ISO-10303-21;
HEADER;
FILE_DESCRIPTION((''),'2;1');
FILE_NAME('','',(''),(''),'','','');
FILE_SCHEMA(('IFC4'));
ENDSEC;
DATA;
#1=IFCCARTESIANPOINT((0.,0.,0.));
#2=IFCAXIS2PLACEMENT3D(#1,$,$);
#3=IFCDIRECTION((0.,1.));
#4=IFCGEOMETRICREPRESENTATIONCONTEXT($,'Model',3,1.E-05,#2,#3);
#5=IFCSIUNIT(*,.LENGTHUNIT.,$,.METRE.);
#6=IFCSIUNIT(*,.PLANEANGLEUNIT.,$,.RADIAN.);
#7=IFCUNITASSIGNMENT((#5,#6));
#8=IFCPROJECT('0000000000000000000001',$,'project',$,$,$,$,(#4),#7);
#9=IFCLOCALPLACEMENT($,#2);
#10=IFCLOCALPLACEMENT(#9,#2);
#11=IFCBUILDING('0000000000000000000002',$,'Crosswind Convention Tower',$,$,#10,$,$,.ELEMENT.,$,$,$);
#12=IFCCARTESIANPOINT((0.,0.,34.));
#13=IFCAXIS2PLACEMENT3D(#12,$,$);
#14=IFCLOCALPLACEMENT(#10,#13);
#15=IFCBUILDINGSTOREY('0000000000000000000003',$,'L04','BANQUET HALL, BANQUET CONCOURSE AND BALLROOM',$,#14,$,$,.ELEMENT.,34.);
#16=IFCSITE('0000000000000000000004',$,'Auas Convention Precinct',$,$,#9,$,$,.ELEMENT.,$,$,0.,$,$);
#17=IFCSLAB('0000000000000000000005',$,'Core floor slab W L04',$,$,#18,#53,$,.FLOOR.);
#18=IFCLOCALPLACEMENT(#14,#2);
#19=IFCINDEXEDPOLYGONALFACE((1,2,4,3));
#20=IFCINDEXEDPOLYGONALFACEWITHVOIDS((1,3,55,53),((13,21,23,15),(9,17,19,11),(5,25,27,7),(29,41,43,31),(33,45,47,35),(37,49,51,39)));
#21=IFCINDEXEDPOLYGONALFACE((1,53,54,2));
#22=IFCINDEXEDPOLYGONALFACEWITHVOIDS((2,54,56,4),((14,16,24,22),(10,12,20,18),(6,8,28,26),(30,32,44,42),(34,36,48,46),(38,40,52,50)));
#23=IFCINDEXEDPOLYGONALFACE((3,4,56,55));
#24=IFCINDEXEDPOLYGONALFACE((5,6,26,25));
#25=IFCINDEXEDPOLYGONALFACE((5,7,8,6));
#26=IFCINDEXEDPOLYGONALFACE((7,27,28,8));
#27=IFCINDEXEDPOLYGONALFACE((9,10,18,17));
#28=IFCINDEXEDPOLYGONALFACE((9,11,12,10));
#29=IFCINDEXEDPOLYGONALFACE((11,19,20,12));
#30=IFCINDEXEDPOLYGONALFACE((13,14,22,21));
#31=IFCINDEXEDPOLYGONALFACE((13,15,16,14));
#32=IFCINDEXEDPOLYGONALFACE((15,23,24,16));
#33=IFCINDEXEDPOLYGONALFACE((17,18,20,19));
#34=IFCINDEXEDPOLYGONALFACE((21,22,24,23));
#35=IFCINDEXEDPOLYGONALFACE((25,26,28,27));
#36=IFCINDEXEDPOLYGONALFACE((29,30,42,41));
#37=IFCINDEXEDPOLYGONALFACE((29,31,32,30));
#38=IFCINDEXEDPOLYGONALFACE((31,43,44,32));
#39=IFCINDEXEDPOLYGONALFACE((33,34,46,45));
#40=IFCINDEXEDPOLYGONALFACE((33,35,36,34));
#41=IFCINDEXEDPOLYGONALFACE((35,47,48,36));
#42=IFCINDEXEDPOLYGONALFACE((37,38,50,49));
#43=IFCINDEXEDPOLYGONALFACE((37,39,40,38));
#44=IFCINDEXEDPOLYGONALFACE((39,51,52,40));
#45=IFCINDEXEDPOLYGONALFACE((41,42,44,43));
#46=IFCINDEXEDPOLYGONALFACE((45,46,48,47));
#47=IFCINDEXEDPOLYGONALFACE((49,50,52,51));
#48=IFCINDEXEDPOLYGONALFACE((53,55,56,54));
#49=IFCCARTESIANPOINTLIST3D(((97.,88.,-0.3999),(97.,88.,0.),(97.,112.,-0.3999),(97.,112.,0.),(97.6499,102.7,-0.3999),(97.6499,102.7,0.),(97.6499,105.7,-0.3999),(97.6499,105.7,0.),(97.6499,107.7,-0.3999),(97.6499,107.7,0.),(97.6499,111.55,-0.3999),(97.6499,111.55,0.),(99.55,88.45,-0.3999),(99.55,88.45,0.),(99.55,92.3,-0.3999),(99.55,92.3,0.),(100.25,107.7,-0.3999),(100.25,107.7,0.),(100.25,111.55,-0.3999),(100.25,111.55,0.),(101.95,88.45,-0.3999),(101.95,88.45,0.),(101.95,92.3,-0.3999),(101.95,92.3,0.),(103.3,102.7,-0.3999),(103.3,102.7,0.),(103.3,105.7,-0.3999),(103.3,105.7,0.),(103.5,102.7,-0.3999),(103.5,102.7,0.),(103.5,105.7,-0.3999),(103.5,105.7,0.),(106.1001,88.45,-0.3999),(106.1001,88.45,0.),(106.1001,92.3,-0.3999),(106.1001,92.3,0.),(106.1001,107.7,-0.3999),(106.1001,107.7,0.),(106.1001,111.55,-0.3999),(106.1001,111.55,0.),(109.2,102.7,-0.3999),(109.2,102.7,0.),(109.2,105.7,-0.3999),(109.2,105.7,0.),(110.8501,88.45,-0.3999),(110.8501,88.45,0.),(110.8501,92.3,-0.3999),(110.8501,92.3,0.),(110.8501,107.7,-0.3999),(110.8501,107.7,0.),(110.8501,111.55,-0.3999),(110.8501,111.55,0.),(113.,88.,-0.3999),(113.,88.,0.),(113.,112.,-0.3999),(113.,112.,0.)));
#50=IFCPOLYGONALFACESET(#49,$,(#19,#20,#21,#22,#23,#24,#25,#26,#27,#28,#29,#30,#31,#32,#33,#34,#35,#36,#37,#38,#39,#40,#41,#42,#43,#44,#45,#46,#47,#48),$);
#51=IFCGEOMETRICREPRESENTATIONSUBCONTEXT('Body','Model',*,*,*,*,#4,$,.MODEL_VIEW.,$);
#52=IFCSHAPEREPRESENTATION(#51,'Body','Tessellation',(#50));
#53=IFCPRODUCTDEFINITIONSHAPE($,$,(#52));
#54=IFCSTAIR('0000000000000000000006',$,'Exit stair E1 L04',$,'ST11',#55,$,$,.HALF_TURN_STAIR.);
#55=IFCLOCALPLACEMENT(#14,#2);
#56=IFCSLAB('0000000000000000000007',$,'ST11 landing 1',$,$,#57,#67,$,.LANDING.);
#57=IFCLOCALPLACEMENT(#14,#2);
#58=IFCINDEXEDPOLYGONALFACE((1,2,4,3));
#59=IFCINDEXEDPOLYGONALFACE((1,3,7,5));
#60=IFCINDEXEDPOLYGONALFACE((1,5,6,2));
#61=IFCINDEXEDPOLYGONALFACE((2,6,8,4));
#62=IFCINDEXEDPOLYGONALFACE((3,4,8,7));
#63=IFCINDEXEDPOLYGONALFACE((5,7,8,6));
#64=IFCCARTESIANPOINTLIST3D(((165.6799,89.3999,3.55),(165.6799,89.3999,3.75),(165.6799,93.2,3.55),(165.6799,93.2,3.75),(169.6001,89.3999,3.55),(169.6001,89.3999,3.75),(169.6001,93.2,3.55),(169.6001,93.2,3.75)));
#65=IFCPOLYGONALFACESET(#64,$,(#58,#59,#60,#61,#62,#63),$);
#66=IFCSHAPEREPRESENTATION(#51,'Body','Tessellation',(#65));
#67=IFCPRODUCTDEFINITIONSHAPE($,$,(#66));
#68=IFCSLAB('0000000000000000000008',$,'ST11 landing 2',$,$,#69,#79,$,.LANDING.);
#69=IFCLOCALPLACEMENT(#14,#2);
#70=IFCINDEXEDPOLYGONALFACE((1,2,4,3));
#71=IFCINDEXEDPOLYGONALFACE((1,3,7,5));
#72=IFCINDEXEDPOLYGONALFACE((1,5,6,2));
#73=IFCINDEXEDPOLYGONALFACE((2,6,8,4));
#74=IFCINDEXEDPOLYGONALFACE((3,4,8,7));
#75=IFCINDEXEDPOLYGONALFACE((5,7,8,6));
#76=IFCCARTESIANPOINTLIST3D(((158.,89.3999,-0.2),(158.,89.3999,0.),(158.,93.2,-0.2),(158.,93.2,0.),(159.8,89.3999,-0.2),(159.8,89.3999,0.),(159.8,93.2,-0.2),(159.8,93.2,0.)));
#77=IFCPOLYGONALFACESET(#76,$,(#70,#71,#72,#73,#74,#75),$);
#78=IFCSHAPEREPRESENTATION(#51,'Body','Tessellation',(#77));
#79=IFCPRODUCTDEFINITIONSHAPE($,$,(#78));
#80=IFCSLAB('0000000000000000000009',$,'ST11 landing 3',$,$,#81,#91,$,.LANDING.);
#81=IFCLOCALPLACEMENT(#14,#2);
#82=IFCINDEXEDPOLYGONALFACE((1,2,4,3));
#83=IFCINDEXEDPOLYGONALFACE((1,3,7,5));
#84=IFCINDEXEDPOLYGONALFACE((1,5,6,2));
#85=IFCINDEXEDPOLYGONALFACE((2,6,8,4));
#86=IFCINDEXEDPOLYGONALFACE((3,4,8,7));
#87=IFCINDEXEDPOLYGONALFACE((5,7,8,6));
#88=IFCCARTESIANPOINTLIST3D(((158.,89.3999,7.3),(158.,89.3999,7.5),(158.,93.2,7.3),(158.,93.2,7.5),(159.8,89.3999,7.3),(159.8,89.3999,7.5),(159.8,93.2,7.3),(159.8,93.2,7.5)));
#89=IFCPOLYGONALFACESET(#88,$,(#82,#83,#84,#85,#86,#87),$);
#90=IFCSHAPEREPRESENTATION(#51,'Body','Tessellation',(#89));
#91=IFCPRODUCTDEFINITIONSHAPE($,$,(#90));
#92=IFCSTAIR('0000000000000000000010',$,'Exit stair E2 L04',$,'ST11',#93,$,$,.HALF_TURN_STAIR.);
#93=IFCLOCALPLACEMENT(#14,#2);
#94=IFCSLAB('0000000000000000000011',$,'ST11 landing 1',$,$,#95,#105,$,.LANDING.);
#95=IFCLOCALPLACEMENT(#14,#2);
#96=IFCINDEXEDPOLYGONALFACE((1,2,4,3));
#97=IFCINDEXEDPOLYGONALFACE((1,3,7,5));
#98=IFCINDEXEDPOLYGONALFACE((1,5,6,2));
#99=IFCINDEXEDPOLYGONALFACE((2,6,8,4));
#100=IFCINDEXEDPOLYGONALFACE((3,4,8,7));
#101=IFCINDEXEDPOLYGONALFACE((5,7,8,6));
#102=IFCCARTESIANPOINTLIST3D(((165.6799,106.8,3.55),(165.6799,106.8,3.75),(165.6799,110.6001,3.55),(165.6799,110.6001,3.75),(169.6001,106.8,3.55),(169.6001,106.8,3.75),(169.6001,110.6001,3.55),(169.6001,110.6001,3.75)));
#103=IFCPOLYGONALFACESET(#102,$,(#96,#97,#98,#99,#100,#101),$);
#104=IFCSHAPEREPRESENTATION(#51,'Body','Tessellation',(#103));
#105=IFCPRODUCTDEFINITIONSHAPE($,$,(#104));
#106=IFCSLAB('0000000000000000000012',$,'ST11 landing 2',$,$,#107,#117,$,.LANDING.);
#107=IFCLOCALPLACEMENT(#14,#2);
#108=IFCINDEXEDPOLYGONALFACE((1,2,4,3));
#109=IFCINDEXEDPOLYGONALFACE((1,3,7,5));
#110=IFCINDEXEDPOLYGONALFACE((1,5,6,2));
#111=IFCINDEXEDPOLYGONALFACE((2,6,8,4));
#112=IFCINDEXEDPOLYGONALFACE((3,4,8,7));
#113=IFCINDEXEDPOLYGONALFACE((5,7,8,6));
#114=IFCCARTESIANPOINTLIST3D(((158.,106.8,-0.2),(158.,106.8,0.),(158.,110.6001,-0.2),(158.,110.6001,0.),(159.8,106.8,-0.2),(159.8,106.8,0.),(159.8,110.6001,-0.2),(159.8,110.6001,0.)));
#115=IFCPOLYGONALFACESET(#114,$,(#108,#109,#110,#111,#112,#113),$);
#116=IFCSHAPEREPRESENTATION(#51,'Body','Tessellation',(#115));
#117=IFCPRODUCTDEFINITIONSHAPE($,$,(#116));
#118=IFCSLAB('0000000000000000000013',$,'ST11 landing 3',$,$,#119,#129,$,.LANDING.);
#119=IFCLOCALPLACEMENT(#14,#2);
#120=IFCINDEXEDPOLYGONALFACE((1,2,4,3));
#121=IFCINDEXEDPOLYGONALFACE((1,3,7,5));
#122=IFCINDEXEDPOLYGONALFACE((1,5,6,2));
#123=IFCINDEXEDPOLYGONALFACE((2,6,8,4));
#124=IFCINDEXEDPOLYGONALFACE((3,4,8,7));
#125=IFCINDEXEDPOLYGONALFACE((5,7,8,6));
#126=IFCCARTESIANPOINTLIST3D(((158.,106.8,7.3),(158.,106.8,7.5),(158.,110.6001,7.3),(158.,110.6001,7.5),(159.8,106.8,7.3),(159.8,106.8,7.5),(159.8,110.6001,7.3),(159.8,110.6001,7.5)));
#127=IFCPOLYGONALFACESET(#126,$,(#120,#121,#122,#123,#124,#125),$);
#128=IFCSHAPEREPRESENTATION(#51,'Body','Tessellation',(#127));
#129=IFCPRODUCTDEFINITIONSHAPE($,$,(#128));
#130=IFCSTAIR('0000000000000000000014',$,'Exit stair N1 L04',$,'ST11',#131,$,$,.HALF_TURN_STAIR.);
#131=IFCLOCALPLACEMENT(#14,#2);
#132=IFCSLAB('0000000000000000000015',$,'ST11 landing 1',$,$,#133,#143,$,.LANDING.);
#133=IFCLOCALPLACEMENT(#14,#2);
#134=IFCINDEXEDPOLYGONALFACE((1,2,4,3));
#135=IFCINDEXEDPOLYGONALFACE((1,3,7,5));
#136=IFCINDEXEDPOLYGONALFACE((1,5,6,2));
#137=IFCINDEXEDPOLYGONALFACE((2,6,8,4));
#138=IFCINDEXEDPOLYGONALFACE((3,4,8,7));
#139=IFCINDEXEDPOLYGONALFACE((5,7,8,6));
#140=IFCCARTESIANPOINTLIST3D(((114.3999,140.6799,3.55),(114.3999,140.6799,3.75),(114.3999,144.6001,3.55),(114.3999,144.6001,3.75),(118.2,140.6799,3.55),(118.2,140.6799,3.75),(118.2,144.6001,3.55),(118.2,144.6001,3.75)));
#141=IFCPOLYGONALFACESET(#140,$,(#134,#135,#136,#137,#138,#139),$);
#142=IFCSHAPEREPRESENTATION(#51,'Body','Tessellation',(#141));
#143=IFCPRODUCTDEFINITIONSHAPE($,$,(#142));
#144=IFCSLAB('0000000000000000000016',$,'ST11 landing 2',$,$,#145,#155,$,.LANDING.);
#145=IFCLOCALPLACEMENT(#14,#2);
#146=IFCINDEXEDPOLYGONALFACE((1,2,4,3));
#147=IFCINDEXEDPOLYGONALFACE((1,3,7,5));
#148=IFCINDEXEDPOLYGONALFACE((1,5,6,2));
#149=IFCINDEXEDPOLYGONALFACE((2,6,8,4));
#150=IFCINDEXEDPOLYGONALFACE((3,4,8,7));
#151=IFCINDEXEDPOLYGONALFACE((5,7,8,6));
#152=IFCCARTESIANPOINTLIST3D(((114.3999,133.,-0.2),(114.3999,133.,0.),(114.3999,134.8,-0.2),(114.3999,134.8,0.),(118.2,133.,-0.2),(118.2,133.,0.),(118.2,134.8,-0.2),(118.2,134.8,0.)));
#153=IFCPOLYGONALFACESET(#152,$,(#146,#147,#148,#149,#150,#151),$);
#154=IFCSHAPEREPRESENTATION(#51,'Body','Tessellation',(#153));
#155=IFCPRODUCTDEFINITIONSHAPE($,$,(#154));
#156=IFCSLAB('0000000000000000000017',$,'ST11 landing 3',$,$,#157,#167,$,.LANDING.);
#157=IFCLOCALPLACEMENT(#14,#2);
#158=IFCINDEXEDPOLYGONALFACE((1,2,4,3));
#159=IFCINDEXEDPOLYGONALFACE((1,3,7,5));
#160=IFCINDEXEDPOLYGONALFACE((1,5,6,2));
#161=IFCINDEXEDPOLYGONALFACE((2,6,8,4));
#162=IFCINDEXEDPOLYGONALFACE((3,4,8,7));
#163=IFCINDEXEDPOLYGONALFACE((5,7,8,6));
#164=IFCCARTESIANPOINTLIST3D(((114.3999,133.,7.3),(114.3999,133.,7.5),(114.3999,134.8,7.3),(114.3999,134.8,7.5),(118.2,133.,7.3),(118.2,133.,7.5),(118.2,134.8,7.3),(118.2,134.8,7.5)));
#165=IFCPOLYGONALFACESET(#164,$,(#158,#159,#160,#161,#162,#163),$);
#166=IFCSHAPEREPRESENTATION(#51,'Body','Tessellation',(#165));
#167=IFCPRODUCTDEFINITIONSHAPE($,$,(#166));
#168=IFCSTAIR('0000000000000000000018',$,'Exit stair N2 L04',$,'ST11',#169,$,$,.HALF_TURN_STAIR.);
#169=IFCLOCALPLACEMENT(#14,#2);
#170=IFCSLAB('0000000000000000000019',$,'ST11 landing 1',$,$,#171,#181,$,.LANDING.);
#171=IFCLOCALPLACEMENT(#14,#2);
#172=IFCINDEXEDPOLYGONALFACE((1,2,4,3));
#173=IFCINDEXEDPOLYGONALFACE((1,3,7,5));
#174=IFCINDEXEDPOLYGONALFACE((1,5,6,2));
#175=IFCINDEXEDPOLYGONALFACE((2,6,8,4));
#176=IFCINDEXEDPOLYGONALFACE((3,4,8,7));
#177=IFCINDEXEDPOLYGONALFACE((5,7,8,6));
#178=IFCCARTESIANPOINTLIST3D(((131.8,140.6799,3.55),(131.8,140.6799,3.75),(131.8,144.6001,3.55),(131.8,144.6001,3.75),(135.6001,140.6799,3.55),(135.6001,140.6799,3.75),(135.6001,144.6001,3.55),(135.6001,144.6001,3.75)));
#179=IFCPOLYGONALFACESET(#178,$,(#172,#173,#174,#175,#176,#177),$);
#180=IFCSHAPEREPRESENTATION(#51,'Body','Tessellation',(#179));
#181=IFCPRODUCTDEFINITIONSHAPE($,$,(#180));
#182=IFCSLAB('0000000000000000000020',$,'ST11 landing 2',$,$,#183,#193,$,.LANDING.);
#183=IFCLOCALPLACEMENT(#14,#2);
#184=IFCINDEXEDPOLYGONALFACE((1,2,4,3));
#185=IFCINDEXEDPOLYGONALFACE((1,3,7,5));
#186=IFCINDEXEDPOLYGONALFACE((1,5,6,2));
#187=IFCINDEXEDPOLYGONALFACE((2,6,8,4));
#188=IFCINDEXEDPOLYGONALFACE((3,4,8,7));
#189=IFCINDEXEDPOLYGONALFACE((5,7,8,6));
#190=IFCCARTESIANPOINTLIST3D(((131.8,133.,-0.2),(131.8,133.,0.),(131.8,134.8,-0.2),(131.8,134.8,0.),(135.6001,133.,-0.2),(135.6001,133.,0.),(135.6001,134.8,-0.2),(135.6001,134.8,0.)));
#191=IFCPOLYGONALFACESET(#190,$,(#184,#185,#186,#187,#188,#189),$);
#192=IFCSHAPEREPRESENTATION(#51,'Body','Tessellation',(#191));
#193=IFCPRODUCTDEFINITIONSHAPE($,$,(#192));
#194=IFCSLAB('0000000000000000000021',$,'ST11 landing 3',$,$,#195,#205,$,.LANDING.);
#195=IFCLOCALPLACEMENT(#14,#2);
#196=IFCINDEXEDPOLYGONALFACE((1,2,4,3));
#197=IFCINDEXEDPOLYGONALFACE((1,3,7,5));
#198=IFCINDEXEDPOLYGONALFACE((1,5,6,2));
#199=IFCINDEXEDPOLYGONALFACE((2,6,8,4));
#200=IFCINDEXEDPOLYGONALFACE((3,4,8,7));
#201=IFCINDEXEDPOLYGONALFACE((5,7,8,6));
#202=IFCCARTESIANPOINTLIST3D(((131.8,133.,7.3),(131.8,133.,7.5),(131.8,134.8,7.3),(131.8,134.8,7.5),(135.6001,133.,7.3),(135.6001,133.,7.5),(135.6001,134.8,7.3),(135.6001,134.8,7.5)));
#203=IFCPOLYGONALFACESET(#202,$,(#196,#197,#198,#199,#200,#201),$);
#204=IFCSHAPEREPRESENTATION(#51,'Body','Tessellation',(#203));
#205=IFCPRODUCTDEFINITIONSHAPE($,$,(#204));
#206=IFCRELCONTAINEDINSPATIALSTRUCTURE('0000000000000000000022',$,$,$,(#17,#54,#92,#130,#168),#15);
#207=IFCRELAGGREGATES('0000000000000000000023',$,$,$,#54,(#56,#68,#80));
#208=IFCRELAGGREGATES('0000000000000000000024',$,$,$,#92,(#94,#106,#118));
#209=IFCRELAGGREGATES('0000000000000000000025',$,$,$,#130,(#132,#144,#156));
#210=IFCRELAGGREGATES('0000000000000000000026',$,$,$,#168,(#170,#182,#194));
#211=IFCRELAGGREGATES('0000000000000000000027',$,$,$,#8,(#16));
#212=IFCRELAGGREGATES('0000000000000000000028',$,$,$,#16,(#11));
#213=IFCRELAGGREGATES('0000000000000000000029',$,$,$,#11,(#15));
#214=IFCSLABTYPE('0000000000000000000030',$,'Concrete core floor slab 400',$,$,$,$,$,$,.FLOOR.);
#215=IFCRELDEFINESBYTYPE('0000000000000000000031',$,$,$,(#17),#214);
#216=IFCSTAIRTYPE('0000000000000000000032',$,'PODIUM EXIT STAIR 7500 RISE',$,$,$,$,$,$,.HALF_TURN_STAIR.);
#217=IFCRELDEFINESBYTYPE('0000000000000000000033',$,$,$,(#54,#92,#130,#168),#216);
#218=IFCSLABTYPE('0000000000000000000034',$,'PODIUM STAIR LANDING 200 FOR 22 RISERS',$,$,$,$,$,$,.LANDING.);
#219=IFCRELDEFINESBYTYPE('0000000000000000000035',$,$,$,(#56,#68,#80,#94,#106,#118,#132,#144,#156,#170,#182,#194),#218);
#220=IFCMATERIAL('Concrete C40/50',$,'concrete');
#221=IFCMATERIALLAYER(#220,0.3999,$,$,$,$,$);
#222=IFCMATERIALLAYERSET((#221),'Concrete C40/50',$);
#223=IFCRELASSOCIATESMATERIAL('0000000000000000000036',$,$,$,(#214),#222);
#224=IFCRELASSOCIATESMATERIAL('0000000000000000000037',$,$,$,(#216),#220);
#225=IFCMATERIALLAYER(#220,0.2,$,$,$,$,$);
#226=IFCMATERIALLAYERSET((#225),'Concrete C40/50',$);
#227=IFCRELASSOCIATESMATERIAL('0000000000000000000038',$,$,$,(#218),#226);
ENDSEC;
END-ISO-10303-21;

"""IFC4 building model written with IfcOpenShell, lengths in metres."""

from ifc_helpers import new_model, si_unit, direction, frame, origin, place, context, subcontext, project, spatial, polyline, outline, extrude, material, layer, layer_set, type_object, element, aggregate, save


model = new_model("IFC4")

# Units and contexts
model_context = context("Model", 3, precision=1e-05, world=origin(), true_north=direction((0.0, 1.0)))
body_context = subcontext(model_context, "Body", "Model", "MODEL_VIEW")
ifc_project = project(units=[si_unit("LENGTHUNIT", "METRE"), si_unit("PLANEANGLEUNIT", "RADIAN")], contexts=[model_context])

# Site, building, storey
site_placement = place(None, origin())
site = spatial("IfcSite", under=ifc_project, at=site_placement, Name="Auas Convention Precinct", CompositionType="ELEMENT", RefElevation=0.0)
building_placement = place(site_placement, origin())
building = spatial("IfcBuilding", under=site, at=building_placement, Name="Crosswind Convention Tower", CompositionType="ELEMENT")
storey_placement = place(building_placement, frame((0.0, 0.0, 34.0)))
storey = spatial("IfcBuildingStorey", under=building, at=storey_placement, Name="L04", Description="BANQUET HALL, BANQUET CONCOURSE AND BALLROOM", CompositionType="ELEMENT", Elevation=34.0)

# Slab
ifc_material = material(Name="Concrete C40/50", Category="concrete")
ifc_layer_1 = layer(ifc_material, 0.3999)
ifc_layer_set_1 = layer_set([ifc_layer_1], Name="Concrete C40/50")
slab_type_1 = type_object("IfcSlabType", Name="Concrete core floor slab 400", PredefinedType="FLOOR", material=ifc_layer_set_1)
slab_1_placement = place(storey_placement, frame((0.0, 0.0, -0.3999)))
element("IfcSlab", 1, at=slab_1_placement, inside=storey, type_object=slab_type_1, Name="Core floor slab W L04", PredefinedType="FLOOR", context=body_context, shape_type="SweptSolid", body=[
    extrude(outline(polyline([(97.0, 88.0), (113.0, 88.0), (113.0, 112.0), (97.0, 112.0), (97.0, 88.0)]), holes=[polyline([(109.2, 102.7), (109.2, 105.7), (103.5, 105.7), (103.5, 102.7), (109.2, 102.7)]), polyline([(103.3, 102.7), (103.3, 105.7), (97.6499, 105.7), (97.6499, 102.7), (103.3, 102.7)]), polyline([(101.95, 88.45), (101.95, 92.3), (99.55, 92.3), (99.55, 88.45), (101.95, 88.45)]), polyline([(100.25, 107.7), (100.25, 111.55), (97.6499, 111.55), (97.6499, 107.7), (100.25, 107.7)]), polyline([(110.8501, 88.45), (110.8501, 92.3), (106.1001, 92.3), (106.1001, 88.45), (110.8501, 88.45)]), polyline([(110.8501, 107.7), (110.8501, 111.55), (106.1001, 111.55), (106.1001, 107.7), (110.8501, 107.7)])]), origin(), (0.0, 0.0, 1.0), 0.3999),
])

# Stairs, slabs
stair_type_1 = type_object("IfcStairType", Name="PODIUM EXIT STAIR 7500 RISE", PredefinedType="HALF_TURN_STAIR", material=ifc_material)
stair_1_placement = place(storey_placement, origin())
stair_1 = element("IfcStair", 2, at=stair_1_placement, inside=storey, type_object=stair_type_1, Name="Exit stair E1 L04", ObjectType="ST11", PredefinedType="HALF_TURN_STAIR")
ifc_layer_2 = layer(ifc_material, 0.2)
ifc_layer_set_2 = layer_set([ifc_layer_2], Name="Concrete C40/50")
slab_type_2 = type_object("IfcSlabType", Name="PODIUM STAIR LANDING 200 FOR 22 RISERS", PredefinedType="LANDING", material=ifc_layer_set_2)
slab_2_placement = place(storey_placement, frame((0.0, 0.0, 3.55)))
slab_2 = element("IfcSlab", 3, at=slab_2_placement, type_object=slab_type_2, Name="ST11 landing 1", PredefinedType="LANDING", context=body_context, shape_type="SweptSolid", body=[
    extrude(outline(polyline([(165.6799, 89.3999), (169.6001, 89.3999), (169.6001, 93.2), (165.6799, 93.2), (165.6799, 89.3999)])), origin(), (0.0, 0.0, 1.0), 0.2),
])
slab_3_placement = place(storey_placement, frame((0.0, 0.0, -0.2)))
slab_3 = element("IfcSlab", 4, at=slab_3_placement, type_object=slab_type_2, Name="ST11 landing 2", PredefinedType="LANDING", context=body_context, shape_type="SweptSolid", body=[
    extrude(outline(polyline([(158.0, 89.3999), (159.8, 89.3999), (159.8, 93.2), (158.0, 93.2), (158.0, 89.3999)])), origin(), (0.0, 0.0, 1.0), 0.2),
])
slab_4_placement = place(storey_placement, frame((0.0, 0.0, 7.3)))
slab_4 = element("IfcSlab", 5, at=slab_4_placement, type_object=slab_type_2, Name="ST11 landing 3", PredefinedType="LANDING", context=body_context, shape_type="SweptSolid", body=[
    extrude(outline(polyline([(158.0, 89.3999), (159.8, 89.3999), (159.8, 93.2), (158.0, 93.2), (158.0, 89.3999)])), origin(), (0.0, 0.0, 1.0), 0.2),
])
aggregate(stair_1, [slab_2, slab_3, slab_4])
stair_2_placement = place(storey_placement, origin())
stair_2 = element("IfcStair", 6, at=stair_2_placement, inside=storey, type_object=stair_type_1, Name="Exit stair E2 L04", ObjectType="ST11", PredefinedType="HALF_TURN_STAIR")
slab_5_placement = place(storey_placement, frame((0.0, 0.0, 3.55)))
slab_5 = element("IfcSlab", 7, at=slab_5_placement, type_object=slab_type_2, Name="ST11 landing 1", PredefinedType="LANDING", context=body_context, shape_type="SweptSolid", body=[
    extrude(outline(polyline([(165.6799, 106.8), (169.6001, 106.8), (169.6001, 110.6001), (165.6799, 110.6001), (165.6799, 106.8)])), origin(), (0.0, 0.0, 1.0), 0.2),
])
slab_6_placement = place(storey_placement, frame((0.0, 0.0, -0.2)))
slab_6 = element("IfcSlab", 8, at=slab_6_placement, type_object=slab_type_2, Name="ST11 landing 2", PredefinedType="LANDING", context=body_context, shape_type="SweptSolid", body=[
    extrude(outline(polyline([(158.0, 106.8), (159.8, 106.8), (159.8, 110.6001), (158.0, 110.6001), (158.0, 106.8)])), origin(), (0.0, 0.0, 1.0), 0.2),
])
slab_7_placement = place(storey_placement, frame((0.0, 0.0, 7.3)))
slab_7 = element("IfcSlab", 9, at=slab_7_placement, type_object=slab_type_2, Name="ST11 landing 3", PredefinedType="LANDING", context=body_context, shape_type="SweptSolid", body=[
    extrude(outline(polyline([(158.0, 106.8), (159.8, 106.8), (159.8, 110.6001), (158.0, 110.6001), (158.0, 106.8)])), origin(), (0.0, 0.0, 1.0), 0.2),
])
aggregate(stair_2, [slab_5, slab_6, slab_7])
stair_3_placement = place(storey_placement, origin())
stair_3 = element("IfcStair", 10, at=stair_3_placement, inside=storey, type_object=stair_type_1, Name="Exit stair N1 L04", ObjectType="ST11", PredefinedType="HALF_TURN_STAIR")
slab_8_placement = place(storey_placement, frame((0.0, 0.0, 3.55)))
slab_8 = element("IfcSlab", 11, at=slab_8_placement, type_object=slab_type_2, Name="ST11 landing 1", PredefinedType="LANDING", context=body_context, shape_type="SweptSolid", body=[
    extrude(outline(polyline([(118.2, 140.6799), (118.2, 144.6001), (114.3999, 144.6001), (114.3999, 140.6799), (118.2, 140.6799)])), origin(), (0.0, 0.0, 1.0), 0.2),
])
slab_9_placement = place(storey_placement, frame((0.0, 0.0, -0.2)))
slab_9 = element("IfcSlab", 12, at=slab_9_placement, type_object=slab_type_2, Name="ST11 landing 2", PredefinedType="LANDING", context=body_context, shape_type="SweptSolid", body=[
    extrude(outline(polyline([(118.2, 133.0), (118.2, 134.8), (114.3999, 134.8), (114.3999, 133.0), (118.2, 133.0)])), origin(), (0.0, 0.0, 1.0), 0.2),
])
slab_10_placement = place(storey_placement, frame((0.0, 0.0, 7.3)))
slab_10 = element("IfcSlab", 13, at=slab_10_placement, type_object=slab_type_2, Name="ST11 landing 3", PredefinedType="LANDING", context=body_context, shape_type="SweptSolid", body=[
    extrude(outline(polyline([(118.2, 133.0), (118.2, 134.8), (114.3999, 134.8), (114.3999, 133.0), (118.2, 133.0)])), origin(), (0.0, 0.0, 1.0), 0.2),
])
aggregate(stair_3, [slab_8, slab_9, slab_10])
stair_4_placement = place(storey_placement, origin())
stair_4 = element("IfcStair", 14, at=stair_4_placement, inside=storey, type_object=stair_type_1, Name="Exit stair N2 L04", ObjectType="ST11", PredefinedType="HALF_TURN_STAIR")
slab_11_placement = place(storey_placement, frame((0.0, 0.0, 3.55)))
slab_11 = element("IfcSlab", 15, at=slab_11_placement, type_object=slab_type_2, Name="ST11 landing 1", PredefinedType="LANDING", context=body_context, shape_type="SweptSolid", body=[
    extrude(outline(polyline([(135.6001, 140.6799), (135.6001, 144.6001), (131.8, 144.6001), (131.8, 140.6799), (135.6001, 140.6799)])), origin(), (0.0, 0.0, 1.0), 0.2),
])
slab_12_placement = place(storey_placement, frame((0.0, 0.0, -0.2)))
slab_12 = element("IfcSlab", 16, at=slab_12_placement, type_object=slab_type_2, Name="ST11 landing 2", PredefinedType="LANDING", context=body_context, shape_type="SweptSolid", body=[
    extrude(outline(polyline([(135.6001, 133.0), (135.6001, 134.8), (131.8, 134.8), (131.8, 133.0), (135.6001, 133.0)])), origin(), (0.0, 0.0, 1.0), 0.2),
])
slab_13_placement = place(storey_placement, frame((0.0, 0.0, 7.3)))
slab_13 = element("IfcSlab", 17, at=slab_13_placement, type_object=slab_type_2, Name="ST11 landing 3", PredefinedType="LANDING", context=body_context, shape_type="SweptSolid", body=[
    extrude(outline(polyline([(135.6001, 133.0), (135.6001, 134.8), (131.8, 134.8), (131.8, 133.0), (135.6001, 133.0)])), origin(), (0.0, 0.0, 1.0), 0.2),
])
aggregate(stair_4, [slab_11, slab_12, slab_13])

save(model, "model.ifc")
